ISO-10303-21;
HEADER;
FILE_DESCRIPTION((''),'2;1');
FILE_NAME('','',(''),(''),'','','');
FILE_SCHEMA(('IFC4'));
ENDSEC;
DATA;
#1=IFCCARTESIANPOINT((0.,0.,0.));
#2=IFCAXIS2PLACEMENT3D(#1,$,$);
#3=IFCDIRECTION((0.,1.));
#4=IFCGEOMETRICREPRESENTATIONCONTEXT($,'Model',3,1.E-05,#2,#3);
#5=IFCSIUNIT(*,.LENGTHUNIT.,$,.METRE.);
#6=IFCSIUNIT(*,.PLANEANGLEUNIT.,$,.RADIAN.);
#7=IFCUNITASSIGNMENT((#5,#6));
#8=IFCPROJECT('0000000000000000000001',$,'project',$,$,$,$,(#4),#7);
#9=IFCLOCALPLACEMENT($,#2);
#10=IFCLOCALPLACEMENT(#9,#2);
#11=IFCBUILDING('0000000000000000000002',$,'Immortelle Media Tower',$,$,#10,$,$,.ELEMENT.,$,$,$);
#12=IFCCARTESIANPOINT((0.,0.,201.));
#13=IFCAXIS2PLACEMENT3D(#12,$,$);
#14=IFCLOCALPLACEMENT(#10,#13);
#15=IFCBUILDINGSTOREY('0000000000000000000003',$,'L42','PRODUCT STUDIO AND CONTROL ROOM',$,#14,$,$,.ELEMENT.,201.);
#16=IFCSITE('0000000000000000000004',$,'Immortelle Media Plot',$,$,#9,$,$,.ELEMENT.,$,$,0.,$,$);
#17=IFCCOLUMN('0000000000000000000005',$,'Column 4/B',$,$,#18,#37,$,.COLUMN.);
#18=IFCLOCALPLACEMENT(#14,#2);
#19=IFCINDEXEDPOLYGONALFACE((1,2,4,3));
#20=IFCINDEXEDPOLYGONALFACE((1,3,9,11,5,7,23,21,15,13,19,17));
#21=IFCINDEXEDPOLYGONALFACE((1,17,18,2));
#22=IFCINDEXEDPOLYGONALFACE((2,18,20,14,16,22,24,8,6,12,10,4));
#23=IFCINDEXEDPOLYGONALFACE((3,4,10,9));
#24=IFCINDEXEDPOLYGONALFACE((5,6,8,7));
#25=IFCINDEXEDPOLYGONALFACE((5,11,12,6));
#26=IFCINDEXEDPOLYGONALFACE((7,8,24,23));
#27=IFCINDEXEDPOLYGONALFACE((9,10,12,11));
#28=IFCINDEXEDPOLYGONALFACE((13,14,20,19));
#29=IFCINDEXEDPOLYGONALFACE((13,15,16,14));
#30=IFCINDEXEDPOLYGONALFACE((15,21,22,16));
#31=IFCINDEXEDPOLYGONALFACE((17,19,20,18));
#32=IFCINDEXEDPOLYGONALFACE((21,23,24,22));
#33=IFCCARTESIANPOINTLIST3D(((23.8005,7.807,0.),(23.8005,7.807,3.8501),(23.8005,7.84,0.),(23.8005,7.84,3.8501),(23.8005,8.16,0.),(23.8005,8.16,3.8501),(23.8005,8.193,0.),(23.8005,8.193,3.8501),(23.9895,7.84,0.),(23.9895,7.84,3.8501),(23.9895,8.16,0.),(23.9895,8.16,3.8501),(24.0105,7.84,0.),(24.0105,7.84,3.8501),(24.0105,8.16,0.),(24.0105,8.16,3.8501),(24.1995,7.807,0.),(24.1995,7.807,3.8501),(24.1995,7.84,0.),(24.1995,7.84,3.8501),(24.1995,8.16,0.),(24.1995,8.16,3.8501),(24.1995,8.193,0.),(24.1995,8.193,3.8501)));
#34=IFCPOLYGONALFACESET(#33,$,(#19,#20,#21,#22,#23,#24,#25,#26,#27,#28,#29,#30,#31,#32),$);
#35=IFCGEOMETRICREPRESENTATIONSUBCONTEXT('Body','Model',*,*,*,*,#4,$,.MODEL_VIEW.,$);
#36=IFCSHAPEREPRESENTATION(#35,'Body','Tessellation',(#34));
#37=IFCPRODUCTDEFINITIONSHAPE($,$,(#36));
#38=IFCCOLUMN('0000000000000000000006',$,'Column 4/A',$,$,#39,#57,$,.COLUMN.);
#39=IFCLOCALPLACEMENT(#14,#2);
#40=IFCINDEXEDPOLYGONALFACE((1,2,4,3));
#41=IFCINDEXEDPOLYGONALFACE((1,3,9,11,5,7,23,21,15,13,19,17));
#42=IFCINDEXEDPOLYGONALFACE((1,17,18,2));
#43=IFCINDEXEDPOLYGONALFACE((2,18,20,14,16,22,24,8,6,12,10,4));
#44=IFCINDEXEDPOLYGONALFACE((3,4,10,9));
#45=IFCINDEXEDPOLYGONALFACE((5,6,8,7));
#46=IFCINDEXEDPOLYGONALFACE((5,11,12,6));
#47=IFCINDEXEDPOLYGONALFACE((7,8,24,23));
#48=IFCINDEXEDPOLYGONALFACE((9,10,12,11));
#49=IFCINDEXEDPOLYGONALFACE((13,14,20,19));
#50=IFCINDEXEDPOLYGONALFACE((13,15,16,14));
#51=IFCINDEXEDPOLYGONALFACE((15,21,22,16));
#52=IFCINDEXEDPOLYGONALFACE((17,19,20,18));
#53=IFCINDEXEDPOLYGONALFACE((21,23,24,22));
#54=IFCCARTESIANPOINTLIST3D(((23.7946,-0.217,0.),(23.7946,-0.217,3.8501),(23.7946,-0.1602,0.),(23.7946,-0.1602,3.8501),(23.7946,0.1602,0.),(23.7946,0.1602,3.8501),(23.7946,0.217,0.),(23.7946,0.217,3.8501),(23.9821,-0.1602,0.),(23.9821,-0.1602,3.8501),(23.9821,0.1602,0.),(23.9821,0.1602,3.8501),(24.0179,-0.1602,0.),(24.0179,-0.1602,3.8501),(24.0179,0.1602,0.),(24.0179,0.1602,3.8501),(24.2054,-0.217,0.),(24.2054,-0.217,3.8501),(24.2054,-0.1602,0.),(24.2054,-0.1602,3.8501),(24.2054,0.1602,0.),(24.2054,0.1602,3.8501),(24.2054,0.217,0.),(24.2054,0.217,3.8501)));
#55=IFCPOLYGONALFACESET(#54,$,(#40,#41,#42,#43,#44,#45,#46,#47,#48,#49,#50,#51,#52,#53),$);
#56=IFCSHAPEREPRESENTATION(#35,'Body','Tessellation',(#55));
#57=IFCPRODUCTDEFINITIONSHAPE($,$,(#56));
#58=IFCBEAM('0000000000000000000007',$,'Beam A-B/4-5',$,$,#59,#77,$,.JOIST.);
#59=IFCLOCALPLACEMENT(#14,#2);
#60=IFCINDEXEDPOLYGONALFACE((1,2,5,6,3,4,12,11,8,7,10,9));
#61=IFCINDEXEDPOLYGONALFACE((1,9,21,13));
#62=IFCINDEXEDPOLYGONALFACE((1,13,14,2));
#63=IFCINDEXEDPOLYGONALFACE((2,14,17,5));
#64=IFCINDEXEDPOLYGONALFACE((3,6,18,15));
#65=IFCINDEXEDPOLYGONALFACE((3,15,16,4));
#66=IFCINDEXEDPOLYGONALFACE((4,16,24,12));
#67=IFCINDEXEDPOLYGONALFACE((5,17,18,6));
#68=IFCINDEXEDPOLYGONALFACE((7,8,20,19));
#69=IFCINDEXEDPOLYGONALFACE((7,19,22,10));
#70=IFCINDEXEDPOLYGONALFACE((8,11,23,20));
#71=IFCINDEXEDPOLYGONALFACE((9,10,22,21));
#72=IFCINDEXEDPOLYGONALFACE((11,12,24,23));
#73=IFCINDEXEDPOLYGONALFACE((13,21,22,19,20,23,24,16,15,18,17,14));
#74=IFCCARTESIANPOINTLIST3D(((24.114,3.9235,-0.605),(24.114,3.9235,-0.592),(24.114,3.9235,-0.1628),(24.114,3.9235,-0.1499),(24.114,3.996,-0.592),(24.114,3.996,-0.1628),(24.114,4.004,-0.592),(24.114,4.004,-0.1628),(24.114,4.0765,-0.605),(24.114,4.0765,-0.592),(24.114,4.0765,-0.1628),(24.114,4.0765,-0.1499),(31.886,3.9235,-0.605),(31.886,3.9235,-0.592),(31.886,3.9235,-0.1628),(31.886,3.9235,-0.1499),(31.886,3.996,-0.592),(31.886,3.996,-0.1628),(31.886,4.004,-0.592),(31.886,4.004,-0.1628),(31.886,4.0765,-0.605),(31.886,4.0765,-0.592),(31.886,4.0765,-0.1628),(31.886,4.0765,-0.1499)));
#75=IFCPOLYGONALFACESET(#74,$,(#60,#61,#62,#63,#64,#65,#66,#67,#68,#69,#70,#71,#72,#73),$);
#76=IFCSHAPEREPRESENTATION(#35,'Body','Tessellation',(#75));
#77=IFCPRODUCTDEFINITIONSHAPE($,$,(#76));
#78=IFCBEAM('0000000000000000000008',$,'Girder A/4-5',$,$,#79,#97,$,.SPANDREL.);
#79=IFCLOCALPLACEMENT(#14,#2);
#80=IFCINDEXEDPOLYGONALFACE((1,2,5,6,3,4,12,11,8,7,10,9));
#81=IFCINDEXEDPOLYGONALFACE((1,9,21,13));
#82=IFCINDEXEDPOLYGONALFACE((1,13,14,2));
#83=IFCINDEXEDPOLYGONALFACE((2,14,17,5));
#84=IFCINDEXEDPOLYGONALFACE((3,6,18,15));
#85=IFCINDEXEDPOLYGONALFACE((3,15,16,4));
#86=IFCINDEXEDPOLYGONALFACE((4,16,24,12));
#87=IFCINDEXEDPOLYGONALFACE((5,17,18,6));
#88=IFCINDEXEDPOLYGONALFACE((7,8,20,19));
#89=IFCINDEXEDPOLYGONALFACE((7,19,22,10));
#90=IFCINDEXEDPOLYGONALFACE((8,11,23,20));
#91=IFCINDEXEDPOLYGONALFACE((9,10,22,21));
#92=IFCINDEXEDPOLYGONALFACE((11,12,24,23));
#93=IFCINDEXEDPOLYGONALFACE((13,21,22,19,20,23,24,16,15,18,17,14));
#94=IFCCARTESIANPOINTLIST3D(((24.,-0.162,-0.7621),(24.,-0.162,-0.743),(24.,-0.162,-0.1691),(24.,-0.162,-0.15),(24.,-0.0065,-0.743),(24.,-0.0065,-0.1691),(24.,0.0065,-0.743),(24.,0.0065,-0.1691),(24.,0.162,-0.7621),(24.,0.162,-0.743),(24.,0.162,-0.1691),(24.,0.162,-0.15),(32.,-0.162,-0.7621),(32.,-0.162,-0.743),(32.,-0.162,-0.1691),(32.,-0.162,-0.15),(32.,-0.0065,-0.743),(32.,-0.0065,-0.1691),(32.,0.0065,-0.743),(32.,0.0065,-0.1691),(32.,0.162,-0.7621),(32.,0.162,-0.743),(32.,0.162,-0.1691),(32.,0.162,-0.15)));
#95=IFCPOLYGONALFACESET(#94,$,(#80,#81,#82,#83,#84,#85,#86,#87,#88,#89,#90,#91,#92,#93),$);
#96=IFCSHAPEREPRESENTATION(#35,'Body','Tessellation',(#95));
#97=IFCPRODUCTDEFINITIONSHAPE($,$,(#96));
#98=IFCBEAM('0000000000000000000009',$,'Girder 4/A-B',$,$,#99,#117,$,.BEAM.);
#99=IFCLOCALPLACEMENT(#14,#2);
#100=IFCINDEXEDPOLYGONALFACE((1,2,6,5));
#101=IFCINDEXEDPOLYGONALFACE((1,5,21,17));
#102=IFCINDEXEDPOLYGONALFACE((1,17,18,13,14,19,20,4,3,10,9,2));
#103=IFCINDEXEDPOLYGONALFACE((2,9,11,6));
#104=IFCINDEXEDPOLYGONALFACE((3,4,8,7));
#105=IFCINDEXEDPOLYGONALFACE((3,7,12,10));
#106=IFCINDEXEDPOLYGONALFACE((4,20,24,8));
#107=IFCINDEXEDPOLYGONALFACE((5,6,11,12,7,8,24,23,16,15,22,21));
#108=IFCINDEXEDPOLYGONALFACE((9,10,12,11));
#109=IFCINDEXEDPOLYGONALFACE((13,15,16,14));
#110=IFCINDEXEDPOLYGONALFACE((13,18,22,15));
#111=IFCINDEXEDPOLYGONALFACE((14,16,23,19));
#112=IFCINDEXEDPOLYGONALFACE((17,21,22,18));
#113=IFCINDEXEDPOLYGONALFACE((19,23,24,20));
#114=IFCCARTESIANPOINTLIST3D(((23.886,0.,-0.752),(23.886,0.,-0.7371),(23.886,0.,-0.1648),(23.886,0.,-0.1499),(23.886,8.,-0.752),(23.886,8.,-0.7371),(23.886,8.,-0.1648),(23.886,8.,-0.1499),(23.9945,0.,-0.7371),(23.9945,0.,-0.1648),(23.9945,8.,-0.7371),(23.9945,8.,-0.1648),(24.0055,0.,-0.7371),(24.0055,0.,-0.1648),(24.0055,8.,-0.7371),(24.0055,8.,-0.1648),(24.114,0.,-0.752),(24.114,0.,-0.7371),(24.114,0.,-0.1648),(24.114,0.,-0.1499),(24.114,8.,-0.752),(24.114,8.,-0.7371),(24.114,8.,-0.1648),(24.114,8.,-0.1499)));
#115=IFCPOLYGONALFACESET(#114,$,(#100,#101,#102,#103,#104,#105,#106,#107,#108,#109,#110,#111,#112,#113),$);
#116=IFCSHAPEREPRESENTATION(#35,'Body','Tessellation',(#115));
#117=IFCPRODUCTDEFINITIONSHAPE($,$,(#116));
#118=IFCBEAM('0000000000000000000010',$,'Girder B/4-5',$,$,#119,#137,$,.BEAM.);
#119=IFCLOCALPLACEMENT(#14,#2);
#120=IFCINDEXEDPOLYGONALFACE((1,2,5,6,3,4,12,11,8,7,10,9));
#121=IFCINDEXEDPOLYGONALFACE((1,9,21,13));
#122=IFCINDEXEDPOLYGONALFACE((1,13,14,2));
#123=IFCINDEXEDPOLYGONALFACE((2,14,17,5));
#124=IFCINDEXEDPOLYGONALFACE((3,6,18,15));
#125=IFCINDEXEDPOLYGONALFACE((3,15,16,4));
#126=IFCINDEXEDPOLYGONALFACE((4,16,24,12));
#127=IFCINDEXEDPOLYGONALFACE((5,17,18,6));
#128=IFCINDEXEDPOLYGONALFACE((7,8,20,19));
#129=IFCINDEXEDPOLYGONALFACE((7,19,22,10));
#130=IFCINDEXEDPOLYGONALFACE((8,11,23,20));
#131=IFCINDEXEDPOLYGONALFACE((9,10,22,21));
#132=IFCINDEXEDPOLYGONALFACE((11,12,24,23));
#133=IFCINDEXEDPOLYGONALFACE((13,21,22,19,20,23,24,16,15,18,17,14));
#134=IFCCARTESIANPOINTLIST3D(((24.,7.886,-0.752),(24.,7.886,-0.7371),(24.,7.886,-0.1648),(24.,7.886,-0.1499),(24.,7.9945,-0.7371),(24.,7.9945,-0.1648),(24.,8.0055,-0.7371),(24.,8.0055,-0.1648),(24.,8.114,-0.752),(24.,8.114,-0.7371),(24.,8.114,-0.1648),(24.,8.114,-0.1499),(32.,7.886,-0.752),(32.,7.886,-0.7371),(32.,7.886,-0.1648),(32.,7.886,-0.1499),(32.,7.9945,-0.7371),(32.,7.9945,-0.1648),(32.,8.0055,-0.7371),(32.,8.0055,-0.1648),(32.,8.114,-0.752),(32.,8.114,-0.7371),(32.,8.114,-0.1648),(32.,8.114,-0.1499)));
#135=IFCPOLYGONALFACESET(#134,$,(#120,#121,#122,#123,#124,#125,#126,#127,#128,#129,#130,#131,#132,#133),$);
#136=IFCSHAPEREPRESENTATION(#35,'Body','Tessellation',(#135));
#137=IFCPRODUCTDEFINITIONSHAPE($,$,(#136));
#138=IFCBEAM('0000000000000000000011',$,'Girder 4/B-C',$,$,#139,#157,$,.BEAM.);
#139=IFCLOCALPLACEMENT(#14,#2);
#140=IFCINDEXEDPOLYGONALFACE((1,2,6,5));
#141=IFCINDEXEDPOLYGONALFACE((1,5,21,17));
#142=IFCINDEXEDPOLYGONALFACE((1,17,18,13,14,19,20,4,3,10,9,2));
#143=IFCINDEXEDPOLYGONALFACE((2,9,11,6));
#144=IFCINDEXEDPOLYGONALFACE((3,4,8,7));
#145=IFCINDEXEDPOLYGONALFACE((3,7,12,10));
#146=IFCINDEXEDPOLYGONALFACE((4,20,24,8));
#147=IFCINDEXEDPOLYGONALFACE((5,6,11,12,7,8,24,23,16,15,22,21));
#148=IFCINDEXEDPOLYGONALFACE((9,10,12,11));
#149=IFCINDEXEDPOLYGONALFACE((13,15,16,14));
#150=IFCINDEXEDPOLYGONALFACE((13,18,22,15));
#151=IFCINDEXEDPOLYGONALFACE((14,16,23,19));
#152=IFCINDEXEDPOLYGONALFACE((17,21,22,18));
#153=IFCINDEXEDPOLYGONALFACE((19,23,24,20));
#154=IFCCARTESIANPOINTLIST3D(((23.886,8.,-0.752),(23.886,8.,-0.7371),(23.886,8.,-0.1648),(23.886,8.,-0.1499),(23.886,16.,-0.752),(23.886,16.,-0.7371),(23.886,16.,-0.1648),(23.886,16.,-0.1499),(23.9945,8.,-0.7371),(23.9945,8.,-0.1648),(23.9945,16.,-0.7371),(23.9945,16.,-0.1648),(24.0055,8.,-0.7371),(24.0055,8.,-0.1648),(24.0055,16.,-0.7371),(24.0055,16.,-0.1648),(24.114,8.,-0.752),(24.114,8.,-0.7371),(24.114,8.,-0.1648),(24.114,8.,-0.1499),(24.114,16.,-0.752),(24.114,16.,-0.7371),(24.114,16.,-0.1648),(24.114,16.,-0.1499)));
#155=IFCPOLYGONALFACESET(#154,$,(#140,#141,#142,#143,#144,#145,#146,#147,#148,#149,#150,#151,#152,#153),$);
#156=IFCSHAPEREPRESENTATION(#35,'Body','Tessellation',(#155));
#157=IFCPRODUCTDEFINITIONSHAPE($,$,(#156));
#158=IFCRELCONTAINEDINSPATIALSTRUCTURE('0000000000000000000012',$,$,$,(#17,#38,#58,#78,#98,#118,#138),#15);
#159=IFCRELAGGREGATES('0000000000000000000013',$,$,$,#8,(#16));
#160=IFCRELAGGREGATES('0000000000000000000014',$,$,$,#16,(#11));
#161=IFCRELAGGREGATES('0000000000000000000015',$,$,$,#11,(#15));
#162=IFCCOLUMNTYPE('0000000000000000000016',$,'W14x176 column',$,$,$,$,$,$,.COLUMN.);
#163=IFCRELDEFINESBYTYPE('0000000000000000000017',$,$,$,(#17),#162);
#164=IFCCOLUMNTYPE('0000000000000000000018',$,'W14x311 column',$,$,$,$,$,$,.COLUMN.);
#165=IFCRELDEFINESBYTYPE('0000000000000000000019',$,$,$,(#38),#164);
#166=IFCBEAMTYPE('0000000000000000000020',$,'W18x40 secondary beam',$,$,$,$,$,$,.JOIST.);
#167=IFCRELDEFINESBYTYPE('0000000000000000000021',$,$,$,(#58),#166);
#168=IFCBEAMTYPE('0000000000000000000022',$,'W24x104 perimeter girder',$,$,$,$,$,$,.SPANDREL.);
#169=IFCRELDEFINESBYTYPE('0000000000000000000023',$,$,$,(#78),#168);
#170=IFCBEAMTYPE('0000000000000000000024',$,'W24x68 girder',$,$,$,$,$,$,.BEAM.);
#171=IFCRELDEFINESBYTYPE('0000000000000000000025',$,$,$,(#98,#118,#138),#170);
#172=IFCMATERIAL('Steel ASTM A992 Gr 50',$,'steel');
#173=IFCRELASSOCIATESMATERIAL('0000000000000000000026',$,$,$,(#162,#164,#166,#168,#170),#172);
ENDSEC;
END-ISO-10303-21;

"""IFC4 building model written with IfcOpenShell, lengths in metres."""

from ifc_helpers import new_model, si_unit, direction, frame, origin, origin_2d, place, context, subcontext, project, spatial, i_section, extrude, material, material_profile, profile_set, type_object, element, save


model = new_model("IFC4")

# Units and contexts
model_context = context("Model", 3, precision=1e-05, world=origin(), true_north=direction((0.0, 1.0)))
body_context = subcontext(model_context, "Body", "Model", "MODEL_VIEW")
ifc_project = project(units=[si_unit("LENGTHUNIT", "METRE"), si_unit("PLANEANGLEUNIT", "RADIAN")], contexts=[model_context])

# Site, building, storey
site_placement = place(None, origin())
site = spatial("IfcSite", under=ifc_project, at=site_placement, Name="Immortelle Media Plot", CompositionType="ELEMENT", RefElevation=0.0)
building_placement = place(site_placement, origin())
building = spatial("IfcBuilding", under=site, at=building_placement, Name="Immortelle Media Tower", CompositionType="ELEMENT")
storey_placement = place(building_placement, frame((0.0, 0.0, 201.0)))
storey = spatial("IfcBuildingStorey", under=building, at=storey_placement, Name="L42", Description="PRODUCT STUDIO AND CONTROL ROOM", CompositionType="ELEMENT", Elevation=201.0)

# Columns
ifc_material_1 = material(Name="Steel ASTM A992 Gr 50", Category="steel")
ifc_material_profile_1 = material_profile(ifc_material_1, i_section(OverallWidth=0.3989, OverallDepth=0.386, WebThickness=0.021, FlangeThickness=0.033, at=origin_2d()), Name="W14x176")
ifc_profile_set_1 = profile_set([ifc_material_profile_1], Name="Steel ASTM A992 Gr 50")
column_type_1 = type_object("IfcColumnType", Name="W14x176 column", PredefinedType="COLUMN", material=ifc_profile_set_1)
column_1_placement = place(storey_placement, frame((24.0, 8.0, 0.0), z_axis=(0.0, 0.0, 1.0), x_axis=(1.0, 0.0, 0.0)))
element("IfcColumn", 1, at=column_1_placement, inside=storey, type_object=column_type_1, Name="Column 4/B", PredefinedType="COLUMN", context=body_context, shape_type="SweptSolid", body=[
    extrude(i_section(OverallWidth=0.3989, OverallDepth=0.386, WebThickness=0.021, FlangeThickness=0.033, at=origin_2d()), origin(), (0.0, 0.0, 1.0), 3.8501),
])
ifc_material_profile_2 = material_profile(ifc_material_1, i_section(OverallWidth=0.4109, OverallDepth=0.4341, WebThickness=0.0359, FlangeThickness=0.0569, at=origin_2d()), Name="W14x311")
ifc_profile_set_2 = profile_set([ifc_material_profile_2], Name="Steel ASTM A992 Gr 50")
column_type_2 = type_object("IfcColumnType", Name="W14x311 column", PredefinedType="COLUMN", material=ifc_profile_set_2)
column_2_placement = place(storey_placement, frame((24.0, 0.0, 0.0), z_axis=(0.0, 0.0, 1.0), x_axis=(1.0, 0.0, 0.0)))
element("IfcColumn", 2, at=column_2_placement, inside=storey, type_object=column_type_2, Name="Column 4/A", PredefinedType="COLUMN", context=body_context, shape_type="SweptSolid", body=[
    extrude(i_section(OverallWidth=0.4109, OverallDepth=0.4341, WebThickness=0.0359, FlangeThickness=0.0569, at=origin_2d()), origin(), (0.0, 0.0, 1.0), 3.8501),
])

# Beams
ifc_material_profile_3 = material_profile(ifc_material_1, i_section(OverallWidth=0.1531, OverallDepth=0.4551, WebThickness=0.0081, FlangeThickness=0.0129, at=origin_2d()), Name="W18x40")
ifc_profile_set_3 = profile_set([ifc_material_profile_3], Name="Steel ASTM A992 Gr 50")
beam_type_1 = type_object("IfcBeamType", Name="W18x40 secondary beam", PredefinedType="JOIST", material=ifc_profile_set_3)
beam_1_placement = place(storey_placement, frame((24.114, 4.0, -0.3774), z_axis=(1.0, 0.0, 0.0), x_axis=(0.0, 1.0, 0.0)))
element("IfcBeam", 3, at=beam_1_placement, inside=storey, type_object=beam_type_1, Name="Beam A-B/4-5", PredefinedType="JOIST", context=body_context, shape_type="SweptSolid", body=[
    extrude(i_section(OverallWidth=0.1531, OverallDepth=0.4551, WebThickness=0.0081, FlangeThickness=0.0129, at=origin_2d()), origin(), (0.0, 0.0, 1.0), 7.772),
])
ifc_material_profile_4 = material_profile(ifc_material_1, i_section(OverallWidth=0.324, OverallDepth=0.6121, WebThickness=0.0129, FlangeThickness=0.019, at=origin_2d()), Name="W24x104")
ifc_profile_set_4 = profile_set([ifc_material_profile_4], Name="Steel ASTM A992 Gr 50")
beam_type_2 = type_object("IfcBeamType", Name="W24x104 perimeter girder", PredefinedType="SPANDREL", material=ifc_profile_set_4)
beam_2_placement = place(storey_placement, frame((24.0, 0.0, -0.4561), z_axis=(1.0, 0.0, 0.0), x_axis=(0.0, 1.0, 0.0)))
element("IfcBeam", 4, at=beam_2_placement, inside=storey, type_object=beam_type_2, Name="Girder A/4-5", PredefinedType="SPANDREL", context=body_context, shape_type="SweptSolid", body=[
    extrude(i_section(OverallWidth=0.324, OverallDepth=0.6121, WebThickness=0.0129, FlangeThickness=0.019, at=origin_2d()), origin(), (0.0, 0.0, 1.0), 8.0),
])
ifc_material_profile_5 = material_profile(ifc_material_1, i_section(OverallWidth=0.228, OverallDepth=0.6021, WebThickness=0.011, FlangeThickness=0.0149, at=origin_2d()), Name="W24x68")
ifc_profile_set_5 = profile_set([ifc_material_profile_5], Name="Steel ASTM A992 Gr 50")
beam_type_3 = type_object("IfcBeamType", Name="W24x68 girder", PredefinedType="BEAM", material=ifc_profile_set_5)
for number, where, z_axis, x_axis, name in (
    (5, (24.0, 0.0, -0.4509), (0.0, 1.0, 0.0), (-1.0, 0.0, 0.0), "Girder 4/A-B"),
    (6, (24.0, 8.0, -0.4509), (1.0, 0.0, 0.0), (0.0, 1.0, 0.0), "Girder B/4-5"),
    (7, (24.0, 8.0, -0.4509), (0.0, 1.0, 0.0), (-1.0, 0.0, 0.0), "Girder 4/B-C"),
):
    element("IfcBeam", number, at=place(storey_placement, frame(where, z_axis=z_axis, x_axis=x_axis)), inside=storey, type_object=beam_type_3, Name=name, PredefinedType="BEAM", context=body_context, shape_type="SweptSolid", body=[
        extrude(i_section(OverallWidth=0.228, OverallDepth=0.6021, WebThickness=0.011, FlangeThickness=0.0149, at=origin_2d()), origin(), (0.0, 0.0, 1.0), 8.0),
    ])

save(model, "model.ifc")
